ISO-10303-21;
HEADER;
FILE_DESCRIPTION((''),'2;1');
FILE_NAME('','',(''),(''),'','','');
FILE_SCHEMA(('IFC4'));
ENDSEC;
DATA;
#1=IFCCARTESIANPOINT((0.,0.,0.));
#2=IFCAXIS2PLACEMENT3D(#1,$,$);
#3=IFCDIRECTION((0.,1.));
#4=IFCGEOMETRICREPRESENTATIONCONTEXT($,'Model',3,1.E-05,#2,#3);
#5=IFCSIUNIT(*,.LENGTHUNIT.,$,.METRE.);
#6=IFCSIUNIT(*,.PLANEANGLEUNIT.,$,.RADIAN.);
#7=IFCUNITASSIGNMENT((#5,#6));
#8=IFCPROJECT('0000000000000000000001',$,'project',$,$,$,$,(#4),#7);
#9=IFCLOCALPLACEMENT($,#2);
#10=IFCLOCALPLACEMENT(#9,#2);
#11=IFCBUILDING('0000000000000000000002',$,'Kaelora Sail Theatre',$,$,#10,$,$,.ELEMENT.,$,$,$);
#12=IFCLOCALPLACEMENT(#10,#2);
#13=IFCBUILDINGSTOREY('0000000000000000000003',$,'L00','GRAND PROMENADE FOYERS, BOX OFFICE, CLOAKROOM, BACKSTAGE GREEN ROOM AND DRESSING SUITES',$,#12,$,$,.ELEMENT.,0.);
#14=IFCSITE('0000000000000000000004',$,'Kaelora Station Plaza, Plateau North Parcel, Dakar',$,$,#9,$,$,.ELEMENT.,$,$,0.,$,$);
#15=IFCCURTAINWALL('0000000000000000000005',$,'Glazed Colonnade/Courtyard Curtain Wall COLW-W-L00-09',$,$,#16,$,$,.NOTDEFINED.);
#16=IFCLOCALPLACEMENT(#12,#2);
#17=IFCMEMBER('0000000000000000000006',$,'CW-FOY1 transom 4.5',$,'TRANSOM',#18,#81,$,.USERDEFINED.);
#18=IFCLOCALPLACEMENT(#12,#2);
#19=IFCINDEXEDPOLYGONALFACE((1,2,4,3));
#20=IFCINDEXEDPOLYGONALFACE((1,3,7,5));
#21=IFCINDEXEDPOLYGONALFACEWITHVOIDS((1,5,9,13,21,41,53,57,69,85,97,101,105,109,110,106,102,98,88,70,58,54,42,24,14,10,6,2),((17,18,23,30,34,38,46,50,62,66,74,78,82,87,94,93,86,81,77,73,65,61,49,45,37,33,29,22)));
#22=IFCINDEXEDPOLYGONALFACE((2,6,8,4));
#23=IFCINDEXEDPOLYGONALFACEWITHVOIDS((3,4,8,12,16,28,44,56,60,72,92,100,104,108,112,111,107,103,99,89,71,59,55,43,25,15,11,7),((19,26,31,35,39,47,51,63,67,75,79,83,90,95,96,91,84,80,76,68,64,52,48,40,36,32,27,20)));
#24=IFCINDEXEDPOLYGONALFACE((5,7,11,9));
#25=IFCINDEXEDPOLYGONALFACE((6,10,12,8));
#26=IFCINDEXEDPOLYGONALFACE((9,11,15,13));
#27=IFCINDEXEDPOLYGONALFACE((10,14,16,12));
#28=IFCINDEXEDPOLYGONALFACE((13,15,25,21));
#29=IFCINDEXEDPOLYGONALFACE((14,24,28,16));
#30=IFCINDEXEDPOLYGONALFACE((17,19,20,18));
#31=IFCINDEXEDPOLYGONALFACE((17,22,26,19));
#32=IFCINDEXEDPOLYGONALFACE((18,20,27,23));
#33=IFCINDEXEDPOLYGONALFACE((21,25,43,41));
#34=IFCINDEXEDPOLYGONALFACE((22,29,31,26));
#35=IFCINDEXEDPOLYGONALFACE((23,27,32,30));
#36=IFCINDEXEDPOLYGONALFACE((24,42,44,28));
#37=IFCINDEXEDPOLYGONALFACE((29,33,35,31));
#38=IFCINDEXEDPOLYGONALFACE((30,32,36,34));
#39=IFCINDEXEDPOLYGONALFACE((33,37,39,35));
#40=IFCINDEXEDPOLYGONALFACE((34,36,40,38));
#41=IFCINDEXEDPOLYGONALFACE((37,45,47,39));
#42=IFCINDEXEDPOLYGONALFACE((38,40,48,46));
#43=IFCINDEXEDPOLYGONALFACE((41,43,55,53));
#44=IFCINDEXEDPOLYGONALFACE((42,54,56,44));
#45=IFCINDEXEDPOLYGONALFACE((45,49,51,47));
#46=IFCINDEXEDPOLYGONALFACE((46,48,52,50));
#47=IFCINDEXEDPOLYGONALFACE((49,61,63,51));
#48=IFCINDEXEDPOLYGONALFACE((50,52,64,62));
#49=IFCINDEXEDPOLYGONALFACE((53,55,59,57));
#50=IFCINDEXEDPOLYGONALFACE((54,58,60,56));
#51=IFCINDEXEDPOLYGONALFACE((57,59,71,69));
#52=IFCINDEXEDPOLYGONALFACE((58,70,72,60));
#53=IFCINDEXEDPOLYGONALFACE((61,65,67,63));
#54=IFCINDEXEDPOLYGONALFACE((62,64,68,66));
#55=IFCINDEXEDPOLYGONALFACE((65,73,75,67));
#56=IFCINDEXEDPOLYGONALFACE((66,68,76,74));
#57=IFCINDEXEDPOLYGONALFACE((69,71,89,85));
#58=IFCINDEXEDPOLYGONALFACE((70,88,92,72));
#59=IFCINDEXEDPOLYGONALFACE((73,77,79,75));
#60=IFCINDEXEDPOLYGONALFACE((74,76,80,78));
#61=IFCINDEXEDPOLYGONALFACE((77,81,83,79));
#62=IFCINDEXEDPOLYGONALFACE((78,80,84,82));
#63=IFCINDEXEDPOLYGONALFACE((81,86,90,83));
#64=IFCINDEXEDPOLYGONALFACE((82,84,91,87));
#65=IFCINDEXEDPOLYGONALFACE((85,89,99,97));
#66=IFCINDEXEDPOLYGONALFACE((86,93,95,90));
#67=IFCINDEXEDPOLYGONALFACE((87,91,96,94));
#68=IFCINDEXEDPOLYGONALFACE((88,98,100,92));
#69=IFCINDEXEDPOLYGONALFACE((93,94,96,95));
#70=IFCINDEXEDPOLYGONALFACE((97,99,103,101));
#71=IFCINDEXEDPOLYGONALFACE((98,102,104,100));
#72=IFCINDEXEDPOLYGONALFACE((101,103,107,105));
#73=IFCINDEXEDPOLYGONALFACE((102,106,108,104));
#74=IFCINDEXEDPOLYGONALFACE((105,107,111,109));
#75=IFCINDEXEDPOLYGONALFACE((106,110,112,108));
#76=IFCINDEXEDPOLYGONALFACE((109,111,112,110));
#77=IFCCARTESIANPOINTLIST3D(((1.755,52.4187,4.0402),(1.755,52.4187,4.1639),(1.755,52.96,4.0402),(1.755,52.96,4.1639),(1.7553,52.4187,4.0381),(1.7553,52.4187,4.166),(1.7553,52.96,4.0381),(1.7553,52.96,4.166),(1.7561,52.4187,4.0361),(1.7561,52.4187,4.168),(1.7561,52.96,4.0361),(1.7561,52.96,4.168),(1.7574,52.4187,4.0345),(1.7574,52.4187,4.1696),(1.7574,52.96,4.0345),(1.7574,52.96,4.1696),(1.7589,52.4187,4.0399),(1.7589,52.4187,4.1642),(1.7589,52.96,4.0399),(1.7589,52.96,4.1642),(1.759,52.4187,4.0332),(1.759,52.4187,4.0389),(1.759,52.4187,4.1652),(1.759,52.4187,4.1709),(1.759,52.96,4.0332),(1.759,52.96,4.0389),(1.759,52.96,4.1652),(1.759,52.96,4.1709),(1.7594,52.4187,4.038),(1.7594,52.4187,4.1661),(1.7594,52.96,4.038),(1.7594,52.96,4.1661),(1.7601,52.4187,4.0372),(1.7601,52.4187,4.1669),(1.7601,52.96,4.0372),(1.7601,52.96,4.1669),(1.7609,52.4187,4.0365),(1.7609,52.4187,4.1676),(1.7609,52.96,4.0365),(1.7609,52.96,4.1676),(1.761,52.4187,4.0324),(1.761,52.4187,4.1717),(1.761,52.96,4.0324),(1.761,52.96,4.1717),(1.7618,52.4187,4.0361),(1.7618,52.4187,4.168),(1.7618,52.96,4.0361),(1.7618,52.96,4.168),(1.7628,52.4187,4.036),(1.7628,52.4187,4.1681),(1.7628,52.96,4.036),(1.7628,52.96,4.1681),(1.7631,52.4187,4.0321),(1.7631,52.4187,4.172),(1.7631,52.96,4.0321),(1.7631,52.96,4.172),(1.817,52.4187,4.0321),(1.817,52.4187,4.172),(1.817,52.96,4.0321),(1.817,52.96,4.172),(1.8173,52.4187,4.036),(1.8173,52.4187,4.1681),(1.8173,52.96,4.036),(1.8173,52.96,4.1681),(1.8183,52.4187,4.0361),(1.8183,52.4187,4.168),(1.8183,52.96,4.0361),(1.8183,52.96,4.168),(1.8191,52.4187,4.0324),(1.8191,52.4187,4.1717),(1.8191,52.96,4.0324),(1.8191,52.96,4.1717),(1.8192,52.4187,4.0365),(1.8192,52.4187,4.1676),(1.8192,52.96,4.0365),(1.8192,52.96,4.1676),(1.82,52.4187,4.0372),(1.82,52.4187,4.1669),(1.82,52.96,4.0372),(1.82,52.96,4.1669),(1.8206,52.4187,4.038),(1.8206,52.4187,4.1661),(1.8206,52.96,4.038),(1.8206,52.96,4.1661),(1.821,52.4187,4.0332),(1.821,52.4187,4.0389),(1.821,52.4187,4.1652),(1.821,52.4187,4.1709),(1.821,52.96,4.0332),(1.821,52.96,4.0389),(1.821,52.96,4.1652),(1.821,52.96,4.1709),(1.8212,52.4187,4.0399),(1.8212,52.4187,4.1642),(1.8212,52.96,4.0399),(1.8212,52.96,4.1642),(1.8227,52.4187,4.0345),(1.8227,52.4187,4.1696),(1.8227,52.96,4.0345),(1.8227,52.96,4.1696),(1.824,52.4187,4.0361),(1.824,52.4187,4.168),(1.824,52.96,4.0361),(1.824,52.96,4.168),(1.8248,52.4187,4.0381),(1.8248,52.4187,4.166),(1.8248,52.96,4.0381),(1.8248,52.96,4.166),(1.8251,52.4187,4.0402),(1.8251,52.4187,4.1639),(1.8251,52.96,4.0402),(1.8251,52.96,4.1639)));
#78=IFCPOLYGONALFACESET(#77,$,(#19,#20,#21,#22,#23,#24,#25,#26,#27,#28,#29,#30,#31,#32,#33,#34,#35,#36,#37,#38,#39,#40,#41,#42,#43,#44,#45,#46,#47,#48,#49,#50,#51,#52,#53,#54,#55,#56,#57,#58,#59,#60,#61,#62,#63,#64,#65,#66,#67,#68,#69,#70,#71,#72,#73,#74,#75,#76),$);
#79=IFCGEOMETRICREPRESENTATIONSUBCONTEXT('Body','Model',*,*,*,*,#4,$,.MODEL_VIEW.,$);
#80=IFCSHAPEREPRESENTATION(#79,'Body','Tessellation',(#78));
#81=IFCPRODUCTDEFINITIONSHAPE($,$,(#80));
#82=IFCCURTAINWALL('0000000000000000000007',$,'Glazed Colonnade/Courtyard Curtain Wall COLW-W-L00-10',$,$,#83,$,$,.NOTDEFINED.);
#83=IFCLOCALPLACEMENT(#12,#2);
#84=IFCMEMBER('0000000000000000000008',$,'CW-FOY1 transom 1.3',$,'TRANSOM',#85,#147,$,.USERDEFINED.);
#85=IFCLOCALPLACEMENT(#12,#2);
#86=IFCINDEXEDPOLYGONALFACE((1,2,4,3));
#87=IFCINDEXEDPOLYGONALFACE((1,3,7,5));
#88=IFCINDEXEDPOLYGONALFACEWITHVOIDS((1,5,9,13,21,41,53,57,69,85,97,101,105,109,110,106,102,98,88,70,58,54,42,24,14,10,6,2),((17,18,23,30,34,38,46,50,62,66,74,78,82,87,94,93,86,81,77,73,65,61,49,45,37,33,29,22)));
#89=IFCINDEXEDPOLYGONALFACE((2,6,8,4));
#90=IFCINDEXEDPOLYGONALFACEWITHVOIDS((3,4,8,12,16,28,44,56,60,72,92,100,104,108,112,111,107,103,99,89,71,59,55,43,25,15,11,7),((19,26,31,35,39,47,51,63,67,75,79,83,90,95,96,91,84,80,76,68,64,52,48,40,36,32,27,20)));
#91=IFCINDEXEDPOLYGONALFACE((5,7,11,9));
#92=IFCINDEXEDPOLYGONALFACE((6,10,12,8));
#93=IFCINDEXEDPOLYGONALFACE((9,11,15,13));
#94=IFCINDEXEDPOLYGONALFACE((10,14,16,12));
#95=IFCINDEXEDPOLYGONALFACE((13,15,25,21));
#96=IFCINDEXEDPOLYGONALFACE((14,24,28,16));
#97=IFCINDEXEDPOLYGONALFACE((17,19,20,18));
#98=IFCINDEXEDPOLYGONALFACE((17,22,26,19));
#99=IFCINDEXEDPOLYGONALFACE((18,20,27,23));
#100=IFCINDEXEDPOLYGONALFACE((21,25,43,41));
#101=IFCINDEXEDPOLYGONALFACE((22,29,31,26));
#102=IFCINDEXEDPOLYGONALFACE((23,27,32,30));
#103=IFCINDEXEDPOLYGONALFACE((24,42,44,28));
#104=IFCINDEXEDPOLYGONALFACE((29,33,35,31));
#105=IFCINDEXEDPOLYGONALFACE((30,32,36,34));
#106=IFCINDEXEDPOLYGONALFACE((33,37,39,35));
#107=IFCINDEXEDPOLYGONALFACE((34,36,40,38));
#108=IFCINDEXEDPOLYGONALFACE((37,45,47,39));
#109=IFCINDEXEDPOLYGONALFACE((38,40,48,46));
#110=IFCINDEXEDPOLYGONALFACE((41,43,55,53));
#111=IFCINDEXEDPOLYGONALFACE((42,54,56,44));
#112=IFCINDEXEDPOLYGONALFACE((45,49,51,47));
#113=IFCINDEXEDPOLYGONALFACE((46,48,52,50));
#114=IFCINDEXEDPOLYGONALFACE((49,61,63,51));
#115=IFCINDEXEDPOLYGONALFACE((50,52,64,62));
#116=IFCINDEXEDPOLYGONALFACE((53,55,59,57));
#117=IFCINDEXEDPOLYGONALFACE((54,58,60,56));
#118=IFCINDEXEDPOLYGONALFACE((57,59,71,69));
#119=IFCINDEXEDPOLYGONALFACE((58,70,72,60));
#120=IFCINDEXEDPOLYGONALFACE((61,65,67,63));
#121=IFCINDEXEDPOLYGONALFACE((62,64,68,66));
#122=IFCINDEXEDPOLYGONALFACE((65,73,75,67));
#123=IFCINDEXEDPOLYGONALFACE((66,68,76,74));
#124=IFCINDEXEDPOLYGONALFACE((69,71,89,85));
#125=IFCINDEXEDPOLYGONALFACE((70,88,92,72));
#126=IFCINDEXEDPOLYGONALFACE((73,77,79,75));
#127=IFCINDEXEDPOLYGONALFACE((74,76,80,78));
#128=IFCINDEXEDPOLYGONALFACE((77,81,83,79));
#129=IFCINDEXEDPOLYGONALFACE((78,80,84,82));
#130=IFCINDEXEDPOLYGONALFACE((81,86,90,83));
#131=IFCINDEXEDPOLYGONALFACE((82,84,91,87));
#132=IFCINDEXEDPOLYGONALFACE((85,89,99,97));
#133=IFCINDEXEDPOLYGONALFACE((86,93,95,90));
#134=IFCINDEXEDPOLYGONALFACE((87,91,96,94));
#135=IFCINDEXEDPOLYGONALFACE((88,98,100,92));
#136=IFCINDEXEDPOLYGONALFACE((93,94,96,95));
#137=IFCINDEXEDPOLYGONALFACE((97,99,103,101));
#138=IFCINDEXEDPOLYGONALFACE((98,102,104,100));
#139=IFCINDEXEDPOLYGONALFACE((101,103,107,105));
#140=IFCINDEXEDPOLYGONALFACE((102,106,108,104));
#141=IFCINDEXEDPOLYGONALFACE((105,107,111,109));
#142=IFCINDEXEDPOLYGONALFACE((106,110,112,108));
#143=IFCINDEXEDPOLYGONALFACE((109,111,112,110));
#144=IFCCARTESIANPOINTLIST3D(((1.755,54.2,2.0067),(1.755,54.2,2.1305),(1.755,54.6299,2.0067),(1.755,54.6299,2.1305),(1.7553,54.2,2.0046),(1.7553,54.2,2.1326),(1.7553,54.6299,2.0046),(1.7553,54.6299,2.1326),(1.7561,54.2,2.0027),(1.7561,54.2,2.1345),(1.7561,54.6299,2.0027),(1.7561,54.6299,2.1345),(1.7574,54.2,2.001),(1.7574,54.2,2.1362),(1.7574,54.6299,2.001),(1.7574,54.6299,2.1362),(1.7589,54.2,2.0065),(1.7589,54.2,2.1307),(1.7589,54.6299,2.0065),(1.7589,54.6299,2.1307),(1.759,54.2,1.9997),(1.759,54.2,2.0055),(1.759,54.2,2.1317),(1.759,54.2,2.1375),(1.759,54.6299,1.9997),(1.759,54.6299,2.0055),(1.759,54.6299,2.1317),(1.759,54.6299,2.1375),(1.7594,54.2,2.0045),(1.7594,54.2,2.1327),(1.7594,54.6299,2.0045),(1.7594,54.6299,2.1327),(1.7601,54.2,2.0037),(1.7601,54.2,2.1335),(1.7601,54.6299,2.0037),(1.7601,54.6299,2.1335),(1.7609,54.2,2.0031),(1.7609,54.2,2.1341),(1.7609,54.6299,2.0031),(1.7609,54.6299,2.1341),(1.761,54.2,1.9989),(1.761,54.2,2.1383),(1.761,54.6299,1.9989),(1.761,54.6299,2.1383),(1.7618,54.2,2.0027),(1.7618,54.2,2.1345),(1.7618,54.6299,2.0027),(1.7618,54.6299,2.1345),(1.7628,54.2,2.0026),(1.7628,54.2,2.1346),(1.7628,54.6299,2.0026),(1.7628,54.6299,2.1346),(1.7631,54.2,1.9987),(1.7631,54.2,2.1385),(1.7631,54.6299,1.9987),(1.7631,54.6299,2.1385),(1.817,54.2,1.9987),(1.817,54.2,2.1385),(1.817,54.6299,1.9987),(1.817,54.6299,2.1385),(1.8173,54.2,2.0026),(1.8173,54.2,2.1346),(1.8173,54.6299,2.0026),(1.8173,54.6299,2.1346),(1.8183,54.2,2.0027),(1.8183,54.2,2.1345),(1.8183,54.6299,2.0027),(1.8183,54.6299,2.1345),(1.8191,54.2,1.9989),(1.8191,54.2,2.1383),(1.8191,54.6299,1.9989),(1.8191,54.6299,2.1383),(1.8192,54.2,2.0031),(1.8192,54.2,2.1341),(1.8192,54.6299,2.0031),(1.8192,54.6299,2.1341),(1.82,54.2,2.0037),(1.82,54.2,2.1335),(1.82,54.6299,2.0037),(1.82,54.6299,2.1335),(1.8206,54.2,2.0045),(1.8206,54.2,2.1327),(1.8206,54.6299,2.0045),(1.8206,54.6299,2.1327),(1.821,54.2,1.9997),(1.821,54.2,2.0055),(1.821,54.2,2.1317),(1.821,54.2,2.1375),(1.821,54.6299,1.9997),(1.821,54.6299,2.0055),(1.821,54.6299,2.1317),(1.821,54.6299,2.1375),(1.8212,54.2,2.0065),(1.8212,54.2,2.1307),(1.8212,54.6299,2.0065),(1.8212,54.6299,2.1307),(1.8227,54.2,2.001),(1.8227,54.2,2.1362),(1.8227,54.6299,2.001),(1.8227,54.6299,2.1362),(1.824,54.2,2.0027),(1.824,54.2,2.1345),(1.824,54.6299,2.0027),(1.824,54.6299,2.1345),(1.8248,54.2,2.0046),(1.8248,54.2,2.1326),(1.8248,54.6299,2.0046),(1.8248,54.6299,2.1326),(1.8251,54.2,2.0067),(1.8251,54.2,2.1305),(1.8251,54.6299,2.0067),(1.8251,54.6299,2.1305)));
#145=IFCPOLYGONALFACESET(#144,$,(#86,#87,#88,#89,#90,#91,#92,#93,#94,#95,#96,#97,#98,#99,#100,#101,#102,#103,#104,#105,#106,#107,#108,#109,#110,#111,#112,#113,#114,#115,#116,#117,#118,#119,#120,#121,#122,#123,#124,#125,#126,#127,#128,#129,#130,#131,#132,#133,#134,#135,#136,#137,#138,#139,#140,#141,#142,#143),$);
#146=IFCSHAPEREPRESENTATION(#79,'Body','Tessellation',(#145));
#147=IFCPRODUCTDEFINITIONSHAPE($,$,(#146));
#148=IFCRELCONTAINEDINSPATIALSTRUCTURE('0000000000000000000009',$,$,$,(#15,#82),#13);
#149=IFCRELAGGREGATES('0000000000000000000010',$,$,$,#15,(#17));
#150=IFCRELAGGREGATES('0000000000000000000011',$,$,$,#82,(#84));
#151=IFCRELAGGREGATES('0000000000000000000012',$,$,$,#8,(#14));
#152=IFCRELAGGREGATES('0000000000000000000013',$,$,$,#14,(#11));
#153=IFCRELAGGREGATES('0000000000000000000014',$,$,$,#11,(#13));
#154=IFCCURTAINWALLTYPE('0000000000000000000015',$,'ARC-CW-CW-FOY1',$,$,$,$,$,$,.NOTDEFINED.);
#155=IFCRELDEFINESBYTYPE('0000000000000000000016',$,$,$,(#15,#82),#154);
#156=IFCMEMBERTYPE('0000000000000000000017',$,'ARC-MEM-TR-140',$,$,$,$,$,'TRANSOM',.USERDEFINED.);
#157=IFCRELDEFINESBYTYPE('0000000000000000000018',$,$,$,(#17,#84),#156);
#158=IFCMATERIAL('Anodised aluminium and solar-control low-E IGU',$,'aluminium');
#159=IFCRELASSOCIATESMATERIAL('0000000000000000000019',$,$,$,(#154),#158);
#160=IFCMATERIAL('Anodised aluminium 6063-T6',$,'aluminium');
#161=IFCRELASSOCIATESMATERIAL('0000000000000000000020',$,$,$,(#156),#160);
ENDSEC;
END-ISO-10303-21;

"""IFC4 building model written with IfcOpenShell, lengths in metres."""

from ifc_helpers import new_model, si_unit, direction, frame, origin, origin_2d, place, context, subcontext, project, spatial, hollow_rectangle, extrude, material, material_profile, profile_set, type_object, element, aggregate, save


model = new_model("IFC4")

# Units and contexts
model_context = context("Model", 3, precision=1e-05, world=origin(), true_north=direction((0.0, 1.0)))
body_context = subcontext(model_context, "Body", "Model", "MODEL_VIEW")
ifc_project = project(units=[si_unit("LENGTHUNIT", "METRE"), si_unit("PLANEANGLEUNIT", "RADIAN")], contexts=[model_context])

# Site, building, storey
site_placement = place(None, origin())
site = spatial("IfcSite", under=ifc_project, at=site_placement, Name="Kaelora Station Plaza, Plateau North Parcel, Dakar", CompositionType="ELEMENT", RefElevation=0.0)
building_placement = place(site_placement, origin())
building = spatial("IfcBuilding", under=site, at=building_placement, Name="Kaelora Sail Theatre", CompositionType="ELEMENT")
storey_placement = place(building_placement, origin())
storey = spatial("IfcBuildingStorey", under=building, at=storey_placement, Name="L00", Description="GRAND PROMENADE FOYERS, BOX OFFICE, CLOAKROOM, BACKSTAGE GREEN ROOM AND DRESSING SUITES", CompositionType="ELEMENT", Elevation=0.0)

# Curtain walls, members
ifc_material_1 = material(Name="Anodised aluminium and solar-control low-E IGU", Category="aluminium")
curtain_wall_type = type_object("IfcCurtainWallType", Name="ARC-CW-CW-FOY1", PredefinedType="NOTDEFINED", material=ifc_material_1)
curtain_wall_1_placement = place(storey_placement, origin())
curtain_wall_1 = element("IfcCurtainWall", 1, at=curtain_wall_1_placement, inside=storey, type_object=curtain_wall_type, Name="Glazed Colonnade/Courtyard Curtain Wall COLW-W-L00-09", PredefinedType="NOTDEFINED")
ifc_material_2 = material(Name="Anodised aluminium 6063-T6", Category="aluminium")
ifc_material_profile = material_profile(ifc_material_2, hollow_rectangle(XDim=0.0701, YDim=0.1399, WallThickness=0.0039, InnerFilletRadius=0.0039, OuterFilletRadius=0.0081, at=origin_2d()), Name="ALU-TRAN 70x140x4")
ifc_profile_set = profile_set([ifc_material_profile], Name="Anodised aluminium 6063-T6")
member_type = type_object("IfcMemberType", Name="ARC-MEM-TR-140", ElementType="TRANSOM", PredefinedType="USERDEFINED", material=ifc_profile_set)
member_1_placement = place(storey_placement, frame((1.79, 52.4187, 4.1021), z_axis=(0.0, 1.0, 0.0), x_axis=(-1.0, 0.0, 0.0)))
member_1 = element("IfcMember", 2, at=member_1_placement, type_object=member_type, Name="CW-FOY1 transom 4.5", ObjectType="TRANSOM", PredefinedType="USERDEFINED", context=body_context, shape_type="SweptSolid", body=[
    extrude(hollow_rectangle(XDim=0.0701, YDim=0.1399, WallThickness=0.0039, InnerFilletRadius=0.0039, OuterFilletRadius=0.0081, at=origin_2d()), origin(), (0.0, 0.0, 1.0), 0.5413),
])
curtain_wall_2_placement = place(storey_placement, origin())
curtain_wall_2 = element("IfcCurtainWall", 3, at=curtain_wall_2_placement, inside=storey, type_object=curtain_wall_type, Name="Glazed Colonnade/Courtyard Curtain Wall COLW-W-L00-10", PredefinedType="NOTDEFINED")
member_2_placement = place(storey_placement, frame((1.79, 54.2, 2.0686), z_axis=(0.0, 1.0, 0.0), x_axis=(-1.0, 0.0, 0.0)))
member_2 = element("IfcMember", 4, at=member_2_placement, type_object=member_type, Name="CW-FOY1 transom 1.3", ObjectType="TRANSOM", PredefinedType="USERDEFINED", context=body_context, shape_type="SweptSolid", body=[
    extrude(hollow_rectangle(XDim=0.0701, YDim=0.1399, WallThickness=0.0039, InnerFilletRadius=0.0039, OuterFilletRadius=0.0081, at=origin_2d()), origin(), (0.0, 0.0, 1.0), 0.4299),
])

aggregate(curtain_wall_1, [member_1])
aggregate(curtain_wall_2, [member_2])

save(model, "model.ifc")
